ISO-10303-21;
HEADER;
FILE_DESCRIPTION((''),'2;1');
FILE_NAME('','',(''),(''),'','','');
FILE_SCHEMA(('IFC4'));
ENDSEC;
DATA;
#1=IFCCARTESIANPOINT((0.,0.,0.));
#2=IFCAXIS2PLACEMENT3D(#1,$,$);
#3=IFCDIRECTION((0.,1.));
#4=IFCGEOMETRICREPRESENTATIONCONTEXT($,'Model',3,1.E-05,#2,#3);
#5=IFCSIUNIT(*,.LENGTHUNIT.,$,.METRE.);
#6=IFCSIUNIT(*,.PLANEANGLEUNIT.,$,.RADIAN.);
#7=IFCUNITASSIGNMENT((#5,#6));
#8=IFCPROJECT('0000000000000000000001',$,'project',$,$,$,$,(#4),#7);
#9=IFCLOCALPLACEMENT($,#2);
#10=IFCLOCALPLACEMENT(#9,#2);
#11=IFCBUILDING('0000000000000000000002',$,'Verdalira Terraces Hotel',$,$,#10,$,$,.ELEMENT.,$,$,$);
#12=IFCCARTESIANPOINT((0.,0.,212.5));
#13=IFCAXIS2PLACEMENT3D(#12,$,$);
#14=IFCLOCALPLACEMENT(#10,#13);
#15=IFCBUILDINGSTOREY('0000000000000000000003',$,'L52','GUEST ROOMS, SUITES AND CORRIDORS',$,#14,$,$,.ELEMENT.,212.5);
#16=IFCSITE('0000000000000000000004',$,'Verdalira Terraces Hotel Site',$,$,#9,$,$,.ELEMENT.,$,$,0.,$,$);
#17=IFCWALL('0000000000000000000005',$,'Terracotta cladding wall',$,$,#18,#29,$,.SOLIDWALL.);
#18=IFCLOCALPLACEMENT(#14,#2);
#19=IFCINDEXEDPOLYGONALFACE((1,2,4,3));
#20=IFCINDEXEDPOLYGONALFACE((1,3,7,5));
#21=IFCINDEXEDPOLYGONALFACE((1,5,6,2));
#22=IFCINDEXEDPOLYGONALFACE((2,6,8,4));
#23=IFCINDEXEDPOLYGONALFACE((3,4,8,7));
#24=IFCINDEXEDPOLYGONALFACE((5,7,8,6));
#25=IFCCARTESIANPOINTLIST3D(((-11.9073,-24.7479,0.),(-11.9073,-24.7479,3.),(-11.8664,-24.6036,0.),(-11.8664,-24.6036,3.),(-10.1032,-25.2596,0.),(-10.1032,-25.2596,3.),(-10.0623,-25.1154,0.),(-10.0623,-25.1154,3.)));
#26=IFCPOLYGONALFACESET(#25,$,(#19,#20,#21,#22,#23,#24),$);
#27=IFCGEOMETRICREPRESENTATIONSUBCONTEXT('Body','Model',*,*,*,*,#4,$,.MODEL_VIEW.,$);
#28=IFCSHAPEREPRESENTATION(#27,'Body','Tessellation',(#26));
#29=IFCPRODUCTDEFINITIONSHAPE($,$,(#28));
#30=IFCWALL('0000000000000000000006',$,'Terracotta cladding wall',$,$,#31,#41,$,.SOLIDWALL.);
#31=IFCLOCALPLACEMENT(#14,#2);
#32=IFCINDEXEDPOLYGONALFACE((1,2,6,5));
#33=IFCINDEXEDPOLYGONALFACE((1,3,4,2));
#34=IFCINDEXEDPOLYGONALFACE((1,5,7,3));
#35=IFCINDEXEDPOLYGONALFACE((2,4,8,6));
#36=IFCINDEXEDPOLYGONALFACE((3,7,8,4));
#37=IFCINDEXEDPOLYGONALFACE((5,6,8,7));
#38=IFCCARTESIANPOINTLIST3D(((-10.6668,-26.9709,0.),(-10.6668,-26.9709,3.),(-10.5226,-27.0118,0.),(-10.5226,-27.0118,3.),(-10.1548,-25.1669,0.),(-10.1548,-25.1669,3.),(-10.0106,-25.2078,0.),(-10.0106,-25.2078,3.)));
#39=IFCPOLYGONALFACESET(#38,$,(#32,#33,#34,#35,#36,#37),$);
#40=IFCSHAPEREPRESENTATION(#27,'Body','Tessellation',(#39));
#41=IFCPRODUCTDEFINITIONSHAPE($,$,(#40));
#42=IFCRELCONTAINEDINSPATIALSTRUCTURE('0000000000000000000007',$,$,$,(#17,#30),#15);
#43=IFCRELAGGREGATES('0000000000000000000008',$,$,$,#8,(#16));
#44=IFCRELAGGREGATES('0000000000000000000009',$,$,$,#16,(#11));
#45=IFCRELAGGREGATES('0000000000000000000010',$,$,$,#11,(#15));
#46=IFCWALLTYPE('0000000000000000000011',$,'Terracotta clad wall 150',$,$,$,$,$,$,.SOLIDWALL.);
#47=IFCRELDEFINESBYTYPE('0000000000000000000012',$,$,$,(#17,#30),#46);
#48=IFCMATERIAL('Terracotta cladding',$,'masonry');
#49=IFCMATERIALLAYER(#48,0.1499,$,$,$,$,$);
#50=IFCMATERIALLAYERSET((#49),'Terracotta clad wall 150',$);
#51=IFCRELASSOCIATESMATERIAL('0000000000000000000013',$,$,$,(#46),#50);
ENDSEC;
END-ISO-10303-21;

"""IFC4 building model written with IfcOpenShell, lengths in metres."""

from ifc_helpers import new_model, si_unit, direction, frame, frame_2d, origin, place, context, subcontext, project, spatial, rectangle, extrude, material, layer, layer_set, type_object, element, save


model = new_model("IFC4")

# Units and contexts
model_context = context("Model", 3, precision=1e-05, world=origin(), true_north=direction((0.0, 1.0)))
body_context = subcontext(model_context, "Body", "Model", "MODEL_VIEW")
ifc_project = project(units=[si_unit("LENGTHUNIT", "METRE"), si_unit("PLANEANGLEUNIT", "RADIAN")], contexts=[model_context])

# Site, building, storey
site_placement = place(None, origin())
site = spatial("IfcSite", under=ifc_project, at=site_placement, Name="Verdalira Terraces Hotel Site", CompositionType="ELEMENT", RefElevation=0.0)
building_placement = place(site_placement, origin())
building = spatial("IfcBuilding", under=site, at=building_placement, Name="Verdalira Terraces Hotel", CompositionType="ELEMENT")
storey_placement = place(building_placement, frame((0.0, 0.0, 212.5)))
storey = spatial("IfcBuildingStorey", under=building, at=storey_placement, Name="L52", Description="GUEST ROOMS, SUITES AND CORRIDORS", CompositionType="ELEMENT", Elevation=212.5)

# Walls
ifc_material_1 = material(Name="Terracotta cladding", Category="masonry")
ifc_layer_1 = layer(ifc_material_1, 0.1499)
ifc_layer_set_1 = layer_set([ifc_layer_1], Name="Terracotta clad wall 150")
wall_type_1 = type_object("IfcWallType", Name="Terracotta clad wall 150", PredefinedType="SOLIDWALL", material=ifc_layer_set_1)
for number, where, z_axis, x_axis, name in (
    (1, (-11.8867, -24.6758, 0.0), (0.0, 0.0, 1.0), (0.962043, -0.272898, 0.0), "Terracotta cladding wall"),
    (2, (-10.0828, -25.1875, 0.0), (0.0, 0.0, 1.0), (-0.273018, -0.962009, 0.0), "Terracotta cladding wall"),
):
    element("IfcWall", number, at=place(storey_placement, frame(where, z_axis=z_axis, x_axis=x_axis)), inside=storey, type_object=wall_type_1, Name=name, PredefinedType="SOLIDWALL", context=body_context, shape_type="SweptSolid", body=[
        extrude(rectangle(XDim=1.8752, YDim=0.1499, at=frame_2d((0.9375, 0.0))), origin(), (0.0, 0.0, 1.0), 3.0),
    ])

save(model, "model.ifc")
